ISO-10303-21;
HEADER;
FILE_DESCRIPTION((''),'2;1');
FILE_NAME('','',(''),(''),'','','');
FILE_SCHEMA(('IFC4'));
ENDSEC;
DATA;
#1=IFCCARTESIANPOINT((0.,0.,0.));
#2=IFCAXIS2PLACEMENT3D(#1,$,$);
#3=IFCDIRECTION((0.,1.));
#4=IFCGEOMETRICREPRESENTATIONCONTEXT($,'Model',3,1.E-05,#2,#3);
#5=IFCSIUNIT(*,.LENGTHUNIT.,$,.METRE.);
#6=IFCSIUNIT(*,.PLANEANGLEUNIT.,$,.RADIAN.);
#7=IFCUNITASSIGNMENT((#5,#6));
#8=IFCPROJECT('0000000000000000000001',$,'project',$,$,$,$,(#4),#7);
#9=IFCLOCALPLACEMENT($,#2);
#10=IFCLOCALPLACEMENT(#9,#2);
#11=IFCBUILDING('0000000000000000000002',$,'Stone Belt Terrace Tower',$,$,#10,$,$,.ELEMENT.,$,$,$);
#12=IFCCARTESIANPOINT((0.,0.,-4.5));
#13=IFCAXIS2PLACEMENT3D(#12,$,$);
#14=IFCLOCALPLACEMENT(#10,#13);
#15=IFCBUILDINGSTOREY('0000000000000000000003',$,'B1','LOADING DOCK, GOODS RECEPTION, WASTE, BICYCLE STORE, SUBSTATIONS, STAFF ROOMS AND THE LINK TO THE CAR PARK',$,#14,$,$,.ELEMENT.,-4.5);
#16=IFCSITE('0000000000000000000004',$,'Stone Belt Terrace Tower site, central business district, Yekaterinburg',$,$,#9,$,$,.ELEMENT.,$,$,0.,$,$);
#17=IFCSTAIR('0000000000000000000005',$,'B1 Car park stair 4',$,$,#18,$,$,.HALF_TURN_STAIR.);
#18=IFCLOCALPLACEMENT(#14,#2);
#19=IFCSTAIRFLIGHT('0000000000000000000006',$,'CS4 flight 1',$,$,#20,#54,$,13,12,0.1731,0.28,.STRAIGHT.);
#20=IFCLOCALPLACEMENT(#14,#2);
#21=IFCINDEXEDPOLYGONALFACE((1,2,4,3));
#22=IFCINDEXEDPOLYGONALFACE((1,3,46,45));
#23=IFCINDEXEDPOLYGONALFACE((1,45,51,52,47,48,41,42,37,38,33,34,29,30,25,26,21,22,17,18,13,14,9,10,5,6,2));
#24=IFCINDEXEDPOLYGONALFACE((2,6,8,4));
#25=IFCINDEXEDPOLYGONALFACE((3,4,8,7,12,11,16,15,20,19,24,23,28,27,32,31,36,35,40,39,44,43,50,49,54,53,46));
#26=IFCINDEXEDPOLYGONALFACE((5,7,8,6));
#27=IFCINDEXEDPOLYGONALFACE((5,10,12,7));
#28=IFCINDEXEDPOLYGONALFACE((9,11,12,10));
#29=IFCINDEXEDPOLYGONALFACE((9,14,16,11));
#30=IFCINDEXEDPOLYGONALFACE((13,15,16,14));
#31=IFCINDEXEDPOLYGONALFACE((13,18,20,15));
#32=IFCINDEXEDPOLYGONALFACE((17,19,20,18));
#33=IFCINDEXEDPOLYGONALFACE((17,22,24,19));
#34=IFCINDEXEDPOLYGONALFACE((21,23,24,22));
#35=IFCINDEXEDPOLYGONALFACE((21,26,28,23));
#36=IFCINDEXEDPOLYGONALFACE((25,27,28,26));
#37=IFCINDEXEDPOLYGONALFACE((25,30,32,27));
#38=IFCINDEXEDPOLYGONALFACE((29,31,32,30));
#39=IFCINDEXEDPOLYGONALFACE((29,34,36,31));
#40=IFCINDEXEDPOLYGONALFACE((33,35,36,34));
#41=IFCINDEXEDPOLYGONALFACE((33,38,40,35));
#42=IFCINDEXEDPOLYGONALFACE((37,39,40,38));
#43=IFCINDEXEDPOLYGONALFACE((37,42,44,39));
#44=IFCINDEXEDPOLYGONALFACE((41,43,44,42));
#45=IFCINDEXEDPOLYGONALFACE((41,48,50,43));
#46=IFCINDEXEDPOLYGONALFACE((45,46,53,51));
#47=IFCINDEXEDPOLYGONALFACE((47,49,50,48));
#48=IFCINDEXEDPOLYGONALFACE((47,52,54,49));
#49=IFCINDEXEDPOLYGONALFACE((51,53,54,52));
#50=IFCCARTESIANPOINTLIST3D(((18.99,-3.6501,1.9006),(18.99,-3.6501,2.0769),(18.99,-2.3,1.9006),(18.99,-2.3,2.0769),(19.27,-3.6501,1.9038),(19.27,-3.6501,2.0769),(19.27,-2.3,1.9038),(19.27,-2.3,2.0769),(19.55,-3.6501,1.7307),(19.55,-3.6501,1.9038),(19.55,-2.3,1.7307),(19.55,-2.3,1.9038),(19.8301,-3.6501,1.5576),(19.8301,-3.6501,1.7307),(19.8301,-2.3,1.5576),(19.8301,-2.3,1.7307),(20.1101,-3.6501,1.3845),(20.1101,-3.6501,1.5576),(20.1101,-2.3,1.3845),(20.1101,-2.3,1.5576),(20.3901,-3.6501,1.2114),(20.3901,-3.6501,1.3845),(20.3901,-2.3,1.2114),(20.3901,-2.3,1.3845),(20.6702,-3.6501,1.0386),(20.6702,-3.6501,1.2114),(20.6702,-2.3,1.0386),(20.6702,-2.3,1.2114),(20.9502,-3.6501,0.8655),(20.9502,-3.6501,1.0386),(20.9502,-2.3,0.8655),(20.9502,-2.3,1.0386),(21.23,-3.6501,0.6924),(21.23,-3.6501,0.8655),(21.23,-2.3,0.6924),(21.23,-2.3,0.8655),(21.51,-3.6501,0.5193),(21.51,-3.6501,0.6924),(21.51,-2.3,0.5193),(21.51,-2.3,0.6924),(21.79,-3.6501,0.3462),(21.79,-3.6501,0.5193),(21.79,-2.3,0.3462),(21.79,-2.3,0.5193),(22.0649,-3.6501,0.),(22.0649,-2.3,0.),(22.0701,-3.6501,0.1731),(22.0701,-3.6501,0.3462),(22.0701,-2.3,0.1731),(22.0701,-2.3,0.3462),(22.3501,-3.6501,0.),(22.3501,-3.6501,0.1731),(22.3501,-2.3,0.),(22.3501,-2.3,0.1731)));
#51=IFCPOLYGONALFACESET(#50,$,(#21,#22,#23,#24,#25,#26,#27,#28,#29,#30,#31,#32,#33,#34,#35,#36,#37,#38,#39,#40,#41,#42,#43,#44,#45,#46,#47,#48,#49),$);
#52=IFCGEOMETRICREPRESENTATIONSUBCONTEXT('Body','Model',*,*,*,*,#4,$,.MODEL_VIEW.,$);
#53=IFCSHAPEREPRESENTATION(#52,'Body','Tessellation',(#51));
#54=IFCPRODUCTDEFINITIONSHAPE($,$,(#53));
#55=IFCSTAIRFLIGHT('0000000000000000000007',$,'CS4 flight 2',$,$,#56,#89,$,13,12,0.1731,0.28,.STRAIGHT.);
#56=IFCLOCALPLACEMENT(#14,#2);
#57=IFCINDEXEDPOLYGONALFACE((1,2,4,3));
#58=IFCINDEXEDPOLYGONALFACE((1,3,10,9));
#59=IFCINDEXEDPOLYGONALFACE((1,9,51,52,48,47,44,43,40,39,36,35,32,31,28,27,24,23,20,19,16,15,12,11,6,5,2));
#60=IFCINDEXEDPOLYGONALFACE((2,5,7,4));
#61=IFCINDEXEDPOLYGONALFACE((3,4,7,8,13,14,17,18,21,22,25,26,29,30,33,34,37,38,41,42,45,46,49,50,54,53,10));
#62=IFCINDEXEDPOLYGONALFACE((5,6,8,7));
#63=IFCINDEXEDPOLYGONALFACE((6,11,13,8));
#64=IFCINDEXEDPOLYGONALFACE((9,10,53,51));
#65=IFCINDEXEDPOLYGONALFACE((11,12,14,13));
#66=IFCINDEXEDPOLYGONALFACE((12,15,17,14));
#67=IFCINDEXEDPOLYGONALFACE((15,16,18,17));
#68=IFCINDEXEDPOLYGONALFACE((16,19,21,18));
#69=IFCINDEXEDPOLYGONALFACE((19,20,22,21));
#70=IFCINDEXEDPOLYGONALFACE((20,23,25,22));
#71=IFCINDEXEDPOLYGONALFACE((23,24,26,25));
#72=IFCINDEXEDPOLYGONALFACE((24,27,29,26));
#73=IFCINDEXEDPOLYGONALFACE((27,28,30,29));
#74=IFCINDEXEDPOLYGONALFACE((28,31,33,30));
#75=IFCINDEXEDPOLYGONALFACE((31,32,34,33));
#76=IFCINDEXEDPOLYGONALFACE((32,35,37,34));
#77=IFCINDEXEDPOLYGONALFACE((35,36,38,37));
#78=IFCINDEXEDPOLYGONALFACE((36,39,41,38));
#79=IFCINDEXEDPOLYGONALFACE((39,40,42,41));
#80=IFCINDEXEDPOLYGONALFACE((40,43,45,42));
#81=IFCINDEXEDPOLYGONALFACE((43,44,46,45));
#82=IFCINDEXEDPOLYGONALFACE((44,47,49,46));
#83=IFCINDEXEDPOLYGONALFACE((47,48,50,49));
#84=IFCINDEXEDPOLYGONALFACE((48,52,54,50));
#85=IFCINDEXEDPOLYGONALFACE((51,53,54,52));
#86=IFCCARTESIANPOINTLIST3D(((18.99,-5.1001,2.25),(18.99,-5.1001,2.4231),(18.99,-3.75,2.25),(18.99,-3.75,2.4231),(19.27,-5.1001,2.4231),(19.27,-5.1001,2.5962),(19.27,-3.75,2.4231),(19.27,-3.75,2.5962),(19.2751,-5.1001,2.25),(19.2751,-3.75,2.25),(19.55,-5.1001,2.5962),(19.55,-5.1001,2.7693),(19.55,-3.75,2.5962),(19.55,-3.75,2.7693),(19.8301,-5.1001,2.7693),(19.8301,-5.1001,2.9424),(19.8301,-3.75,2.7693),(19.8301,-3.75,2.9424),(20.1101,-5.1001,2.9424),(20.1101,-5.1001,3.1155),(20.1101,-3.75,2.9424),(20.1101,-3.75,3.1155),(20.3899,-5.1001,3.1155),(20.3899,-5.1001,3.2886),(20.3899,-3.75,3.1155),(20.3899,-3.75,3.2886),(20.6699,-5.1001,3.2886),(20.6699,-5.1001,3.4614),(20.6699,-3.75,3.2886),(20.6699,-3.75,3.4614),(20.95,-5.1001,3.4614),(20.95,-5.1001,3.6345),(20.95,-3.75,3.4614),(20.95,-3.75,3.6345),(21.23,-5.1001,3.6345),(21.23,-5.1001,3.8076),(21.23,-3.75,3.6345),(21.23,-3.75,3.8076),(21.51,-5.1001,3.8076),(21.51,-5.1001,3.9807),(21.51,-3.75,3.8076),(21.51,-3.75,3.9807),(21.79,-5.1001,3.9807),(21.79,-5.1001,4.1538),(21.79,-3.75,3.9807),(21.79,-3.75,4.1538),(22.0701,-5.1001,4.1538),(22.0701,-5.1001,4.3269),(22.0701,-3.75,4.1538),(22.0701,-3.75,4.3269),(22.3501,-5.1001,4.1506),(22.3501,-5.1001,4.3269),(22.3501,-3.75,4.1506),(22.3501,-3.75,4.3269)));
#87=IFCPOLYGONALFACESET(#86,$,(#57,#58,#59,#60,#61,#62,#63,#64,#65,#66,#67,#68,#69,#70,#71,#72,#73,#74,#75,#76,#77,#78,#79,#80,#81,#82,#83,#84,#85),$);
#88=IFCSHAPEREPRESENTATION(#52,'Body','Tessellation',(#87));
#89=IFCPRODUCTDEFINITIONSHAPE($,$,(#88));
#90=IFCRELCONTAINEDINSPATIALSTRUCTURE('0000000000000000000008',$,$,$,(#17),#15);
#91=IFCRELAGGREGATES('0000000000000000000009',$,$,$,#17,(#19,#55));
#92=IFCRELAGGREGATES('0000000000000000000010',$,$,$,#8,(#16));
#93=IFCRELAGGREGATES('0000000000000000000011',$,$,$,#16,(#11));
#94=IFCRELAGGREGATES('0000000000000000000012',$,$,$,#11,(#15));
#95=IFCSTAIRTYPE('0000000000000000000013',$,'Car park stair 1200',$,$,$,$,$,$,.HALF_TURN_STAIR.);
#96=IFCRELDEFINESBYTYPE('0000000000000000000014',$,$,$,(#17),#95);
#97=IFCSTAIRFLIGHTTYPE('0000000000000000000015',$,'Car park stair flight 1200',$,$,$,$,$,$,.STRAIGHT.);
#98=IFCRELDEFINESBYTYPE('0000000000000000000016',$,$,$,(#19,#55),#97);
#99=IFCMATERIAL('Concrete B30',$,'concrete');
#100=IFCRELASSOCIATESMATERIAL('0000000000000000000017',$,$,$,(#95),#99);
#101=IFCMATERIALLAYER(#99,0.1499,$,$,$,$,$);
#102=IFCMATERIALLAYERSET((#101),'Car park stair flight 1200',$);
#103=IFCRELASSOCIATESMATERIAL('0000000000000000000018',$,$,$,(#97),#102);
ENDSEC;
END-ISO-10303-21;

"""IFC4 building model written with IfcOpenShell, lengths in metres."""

from ifc_helpers import new_model, si_unit, direction, frame, origin, place, context, subcontext, project, spatial, polyline, outline, extrude, material, layer, layer_set, type_object, element, aggregate, save


model = new_model("IFC4")

# Units and contexts
model_context = context("Model", 3, precision=1e-05, world=origin(), true_north=direction((0.0, 1.0)))
body_context = subcontext(model_context, "Body", "Model", "MODEL_VIEW")
ifc_project = project(units=[si_unit("LENGTHUNIT", "METRE"), si_unit("PLANEANGLEUNIT", "RADIAN")], contexts=[model_context])

# Site, building, storey
site_placement = place(None, origin())
site = spatial("IfcSite", under=ifc_project, at=site_placement, Name="Stone Belt Terrace Tower site, central business district, Yekaterinburg", CompositionType="ELEMENT", RefElevation=0.0)
building_placement = place(site_placement, origin())
building = spatial("IfcBuilding", under=site, at=building_placement, Name="Stone Belt Terrace Tower", CompositionType="ELEMENT")
storey_placement = place(building_placement, frame((0.0, 0.0, -4.5)))
storey = spatial("IfcBuildingStorey", under=building, at=storey_placement, Name="B1", Description="LOADING DOCK, GOODS RECEPTION, WASTE, BICYCLE STORE, SUBSTATIONS, STAFF ROOMS AND THE LINK TO THE CAR PARK", CompositionType="ELEMENT", Elevation=-4.5)

# Shared definitions
ifc_material_1 = material(Name="Concrete B30", Category="concrete")

# Stair, stair flights
stair_type = type_object("IfcStairType", Name="Car park stair 1200", PredefinedType="HALF_TURN_STAIR", material=ifc_material_1)
stair_placement = place(storey_placement, origin())
stair = element("IfcStair", 1, at=stair_placement, inside=storey, type_object=stair_type, Name="B1 Car park stair 4", PredefinedType="HALF_TURN_STAIR")
ifc_layer_1 = layer(ifc_material_1, 0.1499)
ifc_layer_set_1 = layer_set([ifc_layer_1], Name="Car park stair flight 1200")
stair_flight_type = type_object("IfcStairFlightType", Name="Car park stair flight 1200", PredefinedType="STRAIGHT", material=ifc_layer_set_1)
stair_flight_1_placement = place(storey_placement, frame((22.3501, -2.9751, 0.0), z_axis=(0.0, 0.0, 1.0), x_axis=(-1.0, 0.0, 0.0)))
stair_flight_1 = element("IfcStairFlight", 2, at=stair_flight_1_placement, type_object=stair_flight_type, Name="CS4 flight 1", NumberOfRisers=13, NumberOfTreads=12, PredefinedType="STRAIGHT", RiserHeight=0.1731, TreadLength=0.28, context=body_context, shape_type="SweptSolid", body=[
    extrude(outline(polyline([(0.0, 0.0), (0.0, 0.1731), (0.28, 0.1731), (0.28, 0.3462), (0.5601, 0.3462), (0.5601, 0.5193), (0.8401, 0.5193), (0.8401, 0.6924), (1.1201, 0.6924), (1.1201, 0.8655), (1.3999, 0.8655), (1.3999, 1.0386), (1.6799, 1.0386), (1.6799, 1.2114), (1.96, 1.2114), (1.96, 1.3845), (2.24, 1.3845), (2.24, 1.5576), (2.52, 1.5576), (2.52, 1.7307), (2.8, 1.7307), (2.8, 1.9038), (3.0801, 1.9038), (3.0801, 2.0769), (3.3601, 2.0769), (3.3601, 2.25), (3.3601, 1.9006), (0.2852, 0.0), (0.0, 0.0)])), frame((0.0, 0.675, 0.0), z_axis=(0.0, -1.0, 0.0), x_axis=(1.0, 0.0, 0.0)), (0.0, 0.0, 1.0), 1.3501),
])
stair_flight_2_placement = place(storey_placement, frame((18.99, -4.425, 2.25), z_axis=(0.0, 0.0, 1.0), x_axis=(1.0, 0.0, 0.0)))
stair_flight_2 = element("IfcStairFlight", 3, at=stair_flight_2_placement, type_object=stair_flight_type, Name="CS4 flight 2", NumberOfRisers=13, NumberOfTreads=12, PredefinedType="STRAIGHT", RiserHeight=0.1731, TreadLength=0.28, context=body_context, shape_type="SweptSolid", body=[
    extrude(outline(polyline([(0.0, 0.0), (0.0, 0.1731), (0.28, 0.1731), (0.28, 0.3462), (0.5601, 0.3462), (0.5601, 0.5193), (0.8401, 0.5193), (0.8401, 0.6924), (1.1201, 0.6924), (1.1201, 0.8655), (1.3999, 0.8655), (1.3999, 1.0386), (1.6799, 1.0386), (1.6799, 1.2114), (1.96, 1.2114), (1.96, 1.3845), (2.24, 1.3845), (2.24, 1.5576), (2.52, 1.5576), (2.52, 1.7307), (2.8, 1.7307), (2.8, 1.9038), (3.0801, 1.9038), (3.0801, 2.0769), (3.3601, 2.0769), (3.3601, 2.25), (3.3601, 1.9006), (0.2852, 0.0), (0.0, 0.0)])), frame((0.0, 0.675, 0.0), z_axis=(0.0, -1.0, 0.0), x_axis=(1.0, 0.0, 0.0)), (0.0, 0.0, 1.0), 1.3501),
])
aggregate(stair, [stair_flight_1, stair_flight_2])

save(model, "model.ifc")
